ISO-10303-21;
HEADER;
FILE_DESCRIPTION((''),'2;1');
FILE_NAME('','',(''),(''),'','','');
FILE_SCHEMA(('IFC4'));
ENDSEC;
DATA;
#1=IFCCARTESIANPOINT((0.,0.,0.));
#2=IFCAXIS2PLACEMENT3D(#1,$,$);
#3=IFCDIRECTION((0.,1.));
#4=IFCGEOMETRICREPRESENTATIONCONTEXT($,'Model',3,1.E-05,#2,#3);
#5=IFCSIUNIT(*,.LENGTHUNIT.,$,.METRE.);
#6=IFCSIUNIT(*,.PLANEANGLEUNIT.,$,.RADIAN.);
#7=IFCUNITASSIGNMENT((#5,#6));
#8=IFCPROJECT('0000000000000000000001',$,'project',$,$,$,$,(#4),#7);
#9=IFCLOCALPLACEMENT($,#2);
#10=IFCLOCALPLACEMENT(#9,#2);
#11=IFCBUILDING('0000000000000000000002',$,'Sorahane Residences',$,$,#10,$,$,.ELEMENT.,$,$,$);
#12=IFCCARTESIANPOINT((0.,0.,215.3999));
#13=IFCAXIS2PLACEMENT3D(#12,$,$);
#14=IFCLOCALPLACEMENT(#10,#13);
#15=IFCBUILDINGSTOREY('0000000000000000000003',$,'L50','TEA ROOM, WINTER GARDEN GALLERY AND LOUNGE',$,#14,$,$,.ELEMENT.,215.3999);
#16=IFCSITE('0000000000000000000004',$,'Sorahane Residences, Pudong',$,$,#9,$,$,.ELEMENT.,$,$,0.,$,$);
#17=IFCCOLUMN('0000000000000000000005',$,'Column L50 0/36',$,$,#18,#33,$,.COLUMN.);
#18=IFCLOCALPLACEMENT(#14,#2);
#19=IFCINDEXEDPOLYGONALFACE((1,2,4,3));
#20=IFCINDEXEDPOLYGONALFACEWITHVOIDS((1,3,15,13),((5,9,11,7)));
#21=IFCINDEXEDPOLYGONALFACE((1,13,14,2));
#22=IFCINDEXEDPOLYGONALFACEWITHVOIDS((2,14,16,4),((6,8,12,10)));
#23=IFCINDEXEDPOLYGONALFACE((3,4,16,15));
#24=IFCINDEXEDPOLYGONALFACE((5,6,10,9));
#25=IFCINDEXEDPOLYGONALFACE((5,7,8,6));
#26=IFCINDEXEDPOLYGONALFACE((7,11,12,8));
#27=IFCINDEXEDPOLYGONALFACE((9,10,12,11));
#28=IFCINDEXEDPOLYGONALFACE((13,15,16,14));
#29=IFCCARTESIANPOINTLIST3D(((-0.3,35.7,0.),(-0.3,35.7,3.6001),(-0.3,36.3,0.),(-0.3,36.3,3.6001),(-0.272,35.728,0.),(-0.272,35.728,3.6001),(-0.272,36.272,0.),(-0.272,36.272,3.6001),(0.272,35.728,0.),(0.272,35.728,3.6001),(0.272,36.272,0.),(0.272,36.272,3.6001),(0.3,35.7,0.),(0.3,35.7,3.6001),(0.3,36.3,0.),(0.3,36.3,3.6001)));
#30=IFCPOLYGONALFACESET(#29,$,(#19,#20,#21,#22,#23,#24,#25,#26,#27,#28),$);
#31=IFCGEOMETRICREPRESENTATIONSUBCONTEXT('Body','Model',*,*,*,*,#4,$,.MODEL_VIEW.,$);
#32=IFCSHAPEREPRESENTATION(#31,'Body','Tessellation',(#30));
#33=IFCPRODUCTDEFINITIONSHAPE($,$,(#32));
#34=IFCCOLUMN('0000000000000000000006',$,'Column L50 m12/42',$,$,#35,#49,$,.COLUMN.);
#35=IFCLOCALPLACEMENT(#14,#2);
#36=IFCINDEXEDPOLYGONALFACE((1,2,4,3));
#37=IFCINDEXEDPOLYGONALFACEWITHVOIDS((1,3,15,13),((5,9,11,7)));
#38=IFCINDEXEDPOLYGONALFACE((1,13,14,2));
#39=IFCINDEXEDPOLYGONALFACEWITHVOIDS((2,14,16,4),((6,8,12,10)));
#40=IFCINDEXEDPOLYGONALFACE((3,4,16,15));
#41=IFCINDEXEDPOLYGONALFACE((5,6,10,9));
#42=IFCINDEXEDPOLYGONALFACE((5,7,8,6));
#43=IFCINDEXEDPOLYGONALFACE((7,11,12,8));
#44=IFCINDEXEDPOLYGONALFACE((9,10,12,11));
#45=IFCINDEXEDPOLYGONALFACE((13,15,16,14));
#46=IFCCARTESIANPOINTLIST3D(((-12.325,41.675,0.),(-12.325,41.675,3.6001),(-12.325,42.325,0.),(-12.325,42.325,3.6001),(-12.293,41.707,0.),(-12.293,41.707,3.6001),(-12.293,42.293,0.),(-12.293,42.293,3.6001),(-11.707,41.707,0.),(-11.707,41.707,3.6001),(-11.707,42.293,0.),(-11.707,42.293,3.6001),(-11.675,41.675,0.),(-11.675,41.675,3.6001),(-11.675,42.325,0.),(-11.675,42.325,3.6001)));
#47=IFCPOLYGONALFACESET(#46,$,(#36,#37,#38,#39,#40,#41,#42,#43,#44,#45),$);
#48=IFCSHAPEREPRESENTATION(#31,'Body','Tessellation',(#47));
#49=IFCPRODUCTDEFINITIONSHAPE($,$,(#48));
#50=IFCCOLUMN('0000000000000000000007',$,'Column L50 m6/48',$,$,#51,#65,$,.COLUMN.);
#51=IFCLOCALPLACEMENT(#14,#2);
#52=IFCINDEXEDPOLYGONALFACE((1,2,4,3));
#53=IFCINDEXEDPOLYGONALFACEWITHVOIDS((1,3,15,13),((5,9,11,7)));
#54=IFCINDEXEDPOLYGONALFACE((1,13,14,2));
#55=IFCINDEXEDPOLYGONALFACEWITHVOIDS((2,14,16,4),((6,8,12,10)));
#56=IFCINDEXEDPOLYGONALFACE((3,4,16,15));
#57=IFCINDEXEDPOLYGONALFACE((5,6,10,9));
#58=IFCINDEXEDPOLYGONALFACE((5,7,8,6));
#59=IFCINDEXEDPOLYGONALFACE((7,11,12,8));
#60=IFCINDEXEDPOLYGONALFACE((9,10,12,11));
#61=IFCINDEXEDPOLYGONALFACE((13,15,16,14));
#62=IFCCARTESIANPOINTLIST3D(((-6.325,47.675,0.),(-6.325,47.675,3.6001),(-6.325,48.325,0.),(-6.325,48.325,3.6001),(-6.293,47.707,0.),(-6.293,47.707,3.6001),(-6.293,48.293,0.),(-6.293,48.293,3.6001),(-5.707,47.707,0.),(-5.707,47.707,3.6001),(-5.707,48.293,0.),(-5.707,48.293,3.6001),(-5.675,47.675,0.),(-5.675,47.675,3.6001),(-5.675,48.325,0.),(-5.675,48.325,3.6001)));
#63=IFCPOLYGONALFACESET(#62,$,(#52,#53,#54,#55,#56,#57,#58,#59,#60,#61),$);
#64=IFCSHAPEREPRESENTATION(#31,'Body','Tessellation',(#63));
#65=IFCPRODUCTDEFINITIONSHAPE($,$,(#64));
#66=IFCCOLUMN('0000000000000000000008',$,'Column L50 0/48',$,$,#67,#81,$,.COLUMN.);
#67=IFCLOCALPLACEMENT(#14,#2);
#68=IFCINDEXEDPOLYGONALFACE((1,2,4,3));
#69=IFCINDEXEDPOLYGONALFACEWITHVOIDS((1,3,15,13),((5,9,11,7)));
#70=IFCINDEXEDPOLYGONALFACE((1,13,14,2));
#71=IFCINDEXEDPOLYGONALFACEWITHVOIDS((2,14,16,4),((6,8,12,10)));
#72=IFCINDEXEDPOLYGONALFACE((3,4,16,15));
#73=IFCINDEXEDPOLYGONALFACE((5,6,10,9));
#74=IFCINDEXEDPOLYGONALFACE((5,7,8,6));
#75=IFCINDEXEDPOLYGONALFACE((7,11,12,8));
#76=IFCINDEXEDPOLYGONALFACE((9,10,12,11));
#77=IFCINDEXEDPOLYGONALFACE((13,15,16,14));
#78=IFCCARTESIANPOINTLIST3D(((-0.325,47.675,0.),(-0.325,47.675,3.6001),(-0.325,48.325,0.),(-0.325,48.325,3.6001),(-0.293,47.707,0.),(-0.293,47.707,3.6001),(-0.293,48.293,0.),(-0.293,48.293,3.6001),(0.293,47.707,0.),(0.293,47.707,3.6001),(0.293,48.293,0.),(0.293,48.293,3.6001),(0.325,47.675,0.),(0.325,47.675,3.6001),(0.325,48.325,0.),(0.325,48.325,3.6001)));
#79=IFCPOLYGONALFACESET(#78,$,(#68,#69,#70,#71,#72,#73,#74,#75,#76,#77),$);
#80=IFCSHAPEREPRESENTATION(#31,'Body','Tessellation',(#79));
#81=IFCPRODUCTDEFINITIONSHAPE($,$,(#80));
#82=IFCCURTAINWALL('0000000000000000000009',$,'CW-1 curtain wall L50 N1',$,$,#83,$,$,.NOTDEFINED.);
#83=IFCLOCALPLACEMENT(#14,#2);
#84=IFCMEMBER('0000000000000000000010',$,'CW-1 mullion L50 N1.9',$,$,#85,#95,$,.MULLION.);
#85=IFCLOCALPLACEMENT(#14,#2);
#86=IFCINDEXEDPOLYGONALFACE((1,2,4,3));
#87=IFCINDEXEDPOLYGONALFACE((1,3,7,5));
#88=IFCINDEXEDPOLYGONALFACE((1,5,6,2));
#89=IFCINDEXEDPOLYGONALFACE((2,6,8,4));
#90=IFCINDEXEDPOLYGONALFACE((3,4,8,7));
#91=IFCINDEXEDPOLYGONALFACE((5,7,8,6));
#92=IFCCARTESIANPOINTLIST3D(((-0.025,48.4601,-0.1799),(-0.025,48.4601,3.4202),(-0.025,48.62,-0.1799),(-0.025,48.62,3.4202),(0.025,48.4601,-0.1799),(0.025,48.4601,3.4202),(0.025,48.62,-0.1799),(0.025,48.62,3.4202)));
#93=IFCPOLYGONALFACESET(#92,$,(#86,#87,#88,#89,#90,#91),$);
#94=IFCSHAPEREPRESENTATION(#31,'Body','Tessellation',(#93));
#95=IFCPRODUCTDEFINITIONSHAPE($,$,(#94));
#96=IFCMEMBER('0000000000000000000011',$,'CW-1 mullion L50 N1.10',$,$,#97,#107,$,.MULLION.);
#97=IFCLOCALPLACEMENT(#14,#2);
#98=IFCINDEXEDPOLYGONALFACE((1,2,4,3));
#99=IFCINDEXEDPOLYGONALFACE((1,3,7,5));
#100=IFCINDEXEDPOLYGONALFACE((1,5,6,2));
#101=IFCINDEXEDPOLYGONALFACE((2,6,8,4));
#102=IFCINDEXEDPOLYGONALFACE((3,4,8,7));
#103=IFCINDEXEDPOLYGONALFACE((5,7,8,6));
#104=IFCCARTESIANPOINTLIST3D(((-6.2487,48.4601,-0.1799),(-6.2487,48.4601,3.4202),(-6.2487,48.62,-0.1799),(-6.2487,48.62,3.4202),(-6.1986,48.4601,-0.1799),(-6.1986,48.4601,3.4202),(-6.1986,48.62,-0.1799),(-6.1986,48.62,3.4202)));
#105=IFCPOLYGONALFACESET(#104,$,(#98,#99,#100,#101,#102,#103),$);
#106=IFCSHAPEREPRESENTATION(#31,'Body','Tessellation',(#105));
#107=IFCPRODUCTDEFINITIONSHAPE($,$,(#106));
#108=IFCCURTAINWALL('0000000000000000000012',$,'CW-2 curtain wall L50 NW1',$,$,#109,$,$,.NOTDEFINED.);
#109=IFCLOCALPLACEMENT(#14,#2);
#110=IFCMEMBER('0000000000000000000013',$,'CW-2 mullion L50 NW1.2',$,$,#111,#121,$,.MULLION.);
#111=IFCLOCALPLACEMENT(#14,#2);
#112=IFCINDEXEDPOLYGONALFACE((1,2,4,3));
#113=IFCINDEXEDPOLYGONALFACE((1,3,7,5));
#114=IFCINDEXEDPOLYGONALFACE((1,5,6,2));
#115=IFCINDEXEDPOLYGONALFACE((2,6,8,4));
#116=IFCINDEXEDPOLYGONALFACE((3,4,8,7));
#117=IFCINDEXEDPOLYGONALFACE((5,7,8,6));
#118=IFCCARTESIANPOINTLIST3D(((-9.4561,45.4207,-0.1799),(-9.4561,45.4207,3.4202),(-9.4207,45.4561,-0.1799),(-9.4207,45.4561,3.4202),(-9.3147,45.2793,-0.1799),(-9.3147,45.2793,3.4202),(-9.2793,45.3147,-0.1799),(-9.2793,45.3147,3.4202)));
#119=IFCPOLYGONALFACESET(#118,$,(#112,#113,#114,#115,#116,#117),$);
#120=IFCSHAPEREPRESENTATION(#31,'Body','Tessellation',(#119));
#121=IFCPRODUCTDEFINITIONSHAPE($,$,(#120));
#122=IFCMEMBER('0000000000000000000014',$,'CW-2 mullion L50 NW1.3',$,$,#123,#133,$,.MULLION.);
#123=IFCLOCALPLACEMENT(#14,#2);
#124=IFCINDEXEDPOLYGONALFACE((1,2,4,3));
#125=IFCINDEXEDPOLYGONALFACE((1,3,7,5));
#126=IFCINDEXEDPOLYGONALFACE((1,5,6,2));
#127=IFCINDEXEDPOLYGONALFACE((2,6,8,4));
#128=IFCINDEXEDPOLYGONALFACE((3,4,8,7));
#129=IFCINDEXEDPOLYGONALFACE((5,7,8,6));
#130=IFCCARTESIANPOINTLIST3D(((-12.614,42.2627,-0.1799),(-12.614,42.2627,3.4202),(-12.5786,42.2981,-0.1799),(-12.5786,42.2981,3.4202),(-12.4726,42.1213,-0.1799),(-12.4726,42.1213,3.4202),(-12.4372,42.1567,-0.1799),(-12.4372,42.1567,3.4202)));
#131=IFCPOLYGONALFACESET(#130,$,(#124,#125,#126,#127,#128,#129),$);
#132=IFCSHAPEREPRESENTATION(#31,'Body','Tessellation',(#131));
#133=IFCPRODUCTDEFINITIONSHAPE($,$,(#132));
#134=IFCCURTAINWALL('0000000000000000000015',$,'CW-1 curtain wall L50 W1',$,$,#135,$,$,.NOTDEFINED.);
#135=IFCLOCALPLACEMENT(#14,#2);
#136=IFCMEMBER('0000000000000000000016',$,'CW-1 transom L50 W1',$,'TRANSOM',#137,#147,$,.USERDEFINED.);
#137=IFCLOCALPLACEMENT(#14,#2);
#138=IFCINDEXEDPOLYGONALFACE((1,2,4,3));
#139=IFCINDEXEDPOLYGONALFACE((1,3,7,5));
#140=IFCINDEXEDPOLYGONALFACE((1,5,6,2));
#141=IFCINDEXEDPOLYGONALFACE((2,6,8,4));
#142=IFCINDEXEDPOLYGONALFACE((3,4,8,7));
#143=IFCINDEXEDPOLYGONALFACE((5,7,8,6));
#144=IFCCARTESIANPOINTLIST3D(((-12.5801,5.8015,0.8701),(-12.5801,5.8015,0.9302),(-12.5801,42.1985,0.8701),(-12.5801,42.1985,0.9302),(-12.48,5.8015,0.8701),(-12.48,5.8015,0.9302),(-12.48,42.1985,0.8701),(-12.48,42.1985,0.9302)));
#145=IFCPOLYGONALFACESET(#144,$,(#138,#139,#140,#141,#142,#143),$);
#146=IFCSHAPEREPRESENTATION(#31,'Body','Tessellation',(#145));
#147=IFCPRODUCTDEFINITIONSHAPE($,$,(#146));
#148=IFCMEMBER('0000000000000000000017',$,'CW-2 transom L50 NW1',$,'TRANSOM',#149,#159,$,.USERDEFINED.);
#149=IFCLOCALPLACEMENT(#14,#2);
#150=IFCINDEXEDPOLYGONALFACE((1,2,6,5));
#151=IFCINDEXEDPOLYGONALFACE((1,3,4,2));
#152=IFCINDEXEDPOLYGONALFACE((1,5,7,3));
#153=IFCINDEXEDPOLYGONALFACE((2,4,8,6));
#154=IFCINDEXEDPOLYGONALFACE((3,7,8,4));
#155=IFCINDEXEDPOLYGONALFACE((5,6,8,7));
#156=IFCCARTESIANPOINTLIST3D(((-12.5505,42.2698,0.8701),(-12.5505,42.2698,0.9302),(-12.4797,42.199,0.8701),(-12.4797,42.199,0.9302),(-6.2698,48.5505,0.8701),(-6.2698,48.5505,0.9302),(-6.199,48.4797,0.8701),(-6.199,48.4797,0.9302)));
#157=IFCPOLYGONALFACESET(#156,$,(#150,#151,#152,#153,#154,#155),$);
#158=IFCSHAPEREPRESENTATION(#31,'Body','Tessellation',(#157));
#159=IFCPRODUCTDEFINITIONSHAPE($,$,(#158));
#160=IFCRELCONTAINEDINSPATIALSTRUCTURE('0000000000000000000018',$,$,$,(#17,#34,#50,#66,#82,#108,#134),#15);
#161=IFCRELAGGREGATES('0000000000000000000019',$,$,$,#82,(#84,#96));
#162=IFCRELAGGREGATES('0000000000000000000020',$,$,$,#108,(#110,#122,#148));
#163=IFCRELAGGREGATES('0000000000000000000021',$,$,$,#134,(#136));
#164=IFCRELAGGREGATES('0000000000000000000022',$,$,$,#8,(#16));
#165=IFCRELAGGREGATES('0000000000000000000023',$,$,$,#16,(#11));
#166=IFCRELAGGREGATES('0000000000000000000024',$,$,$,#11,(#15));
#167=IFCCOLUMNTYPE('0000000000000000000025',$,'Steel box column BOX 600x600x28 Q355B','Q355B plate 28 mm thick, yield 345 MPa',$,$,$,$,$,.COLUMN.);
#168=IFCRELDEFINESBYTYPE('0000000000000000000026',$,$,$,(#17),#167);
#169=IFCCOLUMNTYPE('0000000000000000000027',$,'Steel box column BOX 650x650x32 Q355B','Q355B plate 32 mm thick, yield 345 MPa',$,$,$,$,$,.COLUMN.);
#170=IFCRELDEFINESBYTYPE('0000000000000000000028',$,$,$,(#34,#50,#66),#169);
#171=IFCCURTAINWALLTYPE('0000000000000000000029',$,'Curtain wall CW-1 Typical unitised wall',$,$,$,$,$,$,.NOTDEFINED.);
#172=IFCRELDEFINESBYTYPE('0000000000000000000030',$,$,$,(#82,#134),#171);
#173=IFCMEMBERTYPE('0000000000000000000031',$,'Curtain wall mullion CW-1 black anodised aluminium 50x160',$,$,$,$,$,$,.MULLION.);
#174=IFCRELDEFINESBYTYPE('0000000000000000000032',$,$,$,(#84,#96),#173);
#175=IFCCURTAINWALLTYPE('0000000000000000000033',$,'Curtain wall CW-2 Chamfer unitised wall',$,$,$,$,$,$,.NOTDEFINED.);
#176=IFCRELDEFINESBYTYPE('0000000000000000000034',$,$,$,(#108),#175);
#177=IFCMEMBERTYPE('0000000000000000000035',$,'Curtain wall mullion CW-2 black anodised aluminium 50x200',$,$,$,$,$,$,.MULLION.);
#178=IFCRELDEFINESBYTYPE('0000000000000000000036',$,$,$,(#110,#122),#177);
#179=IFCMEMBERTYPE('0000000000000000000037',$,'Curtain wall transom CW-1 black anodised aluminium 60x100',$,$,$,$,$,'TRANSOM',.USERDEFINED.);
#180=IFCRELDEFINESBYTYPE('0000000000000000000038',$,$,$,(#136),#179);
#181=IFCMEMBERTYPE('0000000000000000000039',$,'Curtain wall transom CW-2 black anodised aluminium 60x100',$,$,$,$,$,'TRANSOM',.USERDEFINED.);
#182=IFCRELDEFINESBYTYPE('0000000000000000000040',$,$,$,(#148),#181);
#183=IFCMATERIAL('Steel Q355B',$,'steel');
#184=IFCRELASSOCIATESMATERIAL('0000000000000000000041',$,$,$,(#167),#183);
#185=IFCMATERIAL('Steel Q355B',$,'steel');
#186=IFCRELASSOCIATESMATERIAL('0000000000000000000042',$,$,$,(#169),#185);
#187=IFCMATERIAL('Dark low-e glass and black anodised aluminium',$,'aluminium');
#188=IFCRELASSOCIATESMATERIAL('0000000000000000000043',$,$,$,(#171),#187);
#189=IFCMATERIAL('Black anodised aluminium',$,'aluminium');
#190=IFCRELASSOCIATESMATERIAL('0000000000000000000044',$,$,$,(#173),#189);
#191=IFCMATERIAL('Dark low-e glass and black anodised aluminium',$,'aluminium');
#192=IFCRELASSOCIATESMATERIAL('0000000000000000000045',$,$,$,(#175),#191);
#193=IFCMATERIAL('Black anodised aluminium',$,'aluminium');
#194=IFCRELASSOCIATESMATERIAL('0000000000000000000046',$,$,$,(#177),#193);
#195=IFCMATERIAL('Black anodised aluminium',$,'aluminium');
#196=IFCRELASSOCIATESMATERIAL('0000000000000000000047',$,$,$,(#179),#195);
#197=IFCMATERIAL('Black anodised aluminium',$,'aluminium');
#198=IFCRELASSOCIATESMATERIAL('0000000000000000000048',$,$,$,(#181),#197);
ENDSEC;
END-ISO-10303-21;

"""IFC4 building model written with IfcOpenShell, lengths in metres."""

from ifc_helpers import new_model, si_unit, direction, frame, origin, origin_2d, place, context, subcontext, project, spatial, rectangle, hollow_rectangle, extrude, material, material_profile, profile_set, type_object, element, aggregate, save


model = new_model("IFC4")

# Units and contexts
model_context = context("Model", 3, precision=1e-05, world=origin(), true_north=direction((0.0, 1.0)))
body_context = subcontext(model_context, "Body", "Model", "MODEL_VIEW")
ifc_project = project(units=[si_unit("LENGTHUNIT", "METRE"), si_unit("PLANEANGLEUNIT", "RADIAN")], contexts=[model_context])

# Site, building, storey
site_placement = place(None, origin())
site = spatial("IfcSite", under=ifc_project, at=site_placement, Name="Sorahane Residences, Pudong", CompositionType="ELEMENT", RefElevation=0.0)
building_placement = place(site_placement, origin())
building = spatial("IfcBuilding", under=site, at=building_placement, Name="Sorahane Residences", CompositionType="ELEMENT")
storey_placement = place(building_placement, frame((0.0, 0.0, 215.3999)))
storey = spatial("IfcBuildingStorey", under=building, at=storey_placement, Name="L50", Description="TEA ROOM, WINTER GARDEN GALLERY AND LOUNGE", CompositionType="ELEMENT", Elevation=215.3999)

# Columns
ifc_material_1 = material(Name="Steel Q355B", Category="steel")
ifc_material_profile_1 = material_profile(ifc_material_1, hollow_rectangle(XDim=0.6001, YDim=0.6001, WallThickness=0.0281, at=origin_2d()), Name="BOX 600x600x28")
ifc_profile_set_1 = profile_set([ifc_material_profile_1], Name="Steel Q355B")
column_type_1 = type_object("IfcColumnType", Name="Steel box column BOX 600x600x28 Q355B", Description="Q355B plate 28 mm thick, yield 345 MPa", PredefinedType="COLUMN", material=ifc_profile_set_1)
column_placement = place(storey_placement, frame((0.0, 36.0, 0.0), z_axis=(0.0, 0.0, 1.0), x_axis=(1.0, 0.0, 0.0)))
element("IfcColumn", 1, at=column_placement, inside=storey, type_object=column_type_1, Name="Column L50 0/36", PredefinedType="COLUMN", context=body_context, shape_type="SweptSolid", body=[
    extrude(hollow_rectangle(XDim=0.6001, YDim=0.6001, WallThickness=0.0281, at=origin_2d()), origin(), (0.0, 0.0, 1.0), 3.6001),
])
ifc_material_2 = material(Name="Steel Q355B", Category="steel")
ifc_material_profile_2 = material_profile(ifc_material_2, hollow_rectangle(XDim=0.6499, YDim=0.6499, WallThickness=0.032, at=origin_2d()), Name="BOX 650x650x32")
ifc_profile_set_2 = profile_set([ifc_material_profile_2], Name="Steel Q355B")
column_type_2 = type_object("IfcColumnType", Name="Steel box column BOX 650x650x32 Q355B", Description="Q355B plate 32 mm thick, yield 345 MPa", PredefinedType="COLUMN", material=ifc_profile_set_2)
for number, where, z_axis, x_axis, name in (
    (2, (-12.0, 42.0, 0.0), (0.0, 0.0, 1.0), (1.0, 0.0, 0.0), "Column L50 m12/42"),
    (3, (-6.0, 48.0, 0.0), (0.0, 0.0, 1.0), (1.0, 0.0, 0.0), "Column L50 m6/48"),
    (4, (0.0, 48.0, 0.0), (0.0, 0.0, 1.0), (1.0, 0.0, 0.0), "Column L50 0/48"),
):
    element("IfcColumn", number, at=place(storey_placement, frame(where, z_axis=z_axis, x_axis=x_axis)), inside=storey, type_object=column_type_2, Name=name, PredefinedType="COLUMN", context=body_context, shape_type="SweptSolid", body=[
        extrude(hollow_rectangle(XDim=0.6499, YDim=0.6499, WallThickness=0.032, at=origin_2d()), origin(), (0.0, 0.0, 1.0), 3.6001),
    ])

# Curtain walls, members
ifc_material_3 = material(Name="Dark low-e glass and black anodised aluminium", Category="aluminium")
curtain_wall_type_1 = type_object("IfcCurtainWallType", Name="Curtain wall CW-1 Typical unitised wall", PredefinedType="NOTDEFINED", material=ifc_material_3)
curtain_wall_1_placement = place(storey_placement, origin())
curtain_wall_1 = element("IfcCurtainWall", 5, at=curtain_wall_1_placement, inside=storey, type_object=curtain_wall_type_1, Name="CW-1 curtain wall L50 N1", PredefinedType="NOTDEFINED")
ifc_material_4 = material(Name="Black anodised aluminium", Category="aluminium")
ifc_material_profile_3 = material_profile(ifc_material_4, rectangle(XDim=0.1599, YDim=0.05, at=origin_2d()), Name="Curtain wall mullion CW-1 black anodised aluminium 50x160")
ifc_profile_set_3 = profile_set([ifc_material_profile_3], Name="Black anodised aluminium")
member_type_1 = type_object("IfcMemberType", Name="Curtain wall mullion CW-1 black anodised aluminium 50x160", PredefinedType="MULLION", material=ifc_profile_set_3)
member_1_placement = place(storey_placement, frame((0.0, 48.54, -0.1799), z_axis=(0.0, 0.0, 1.0), x_axis=(0.0, 1.0, 0.0)))
member_1 = element("IfcMember", 6, at=member_1_placement, type_object=member_type_1, Name="CW-1 mullion L50 N1.9", PredefinedType="MULLION", context=body_context, shape_type="SweptSolid", body=[
    extrude(rectangle(XDim=0.1599, YDim=0.05, at=origin_2d()), origin(), (0.0, 0.0, 1.0), 3.6001),
])
member_2_placement = place(storey_placement, frame((-6.2236, 48.54, -0.1799), z_axis=(0.0, 0.0, 1.0), x_axis=(0.0, 1.0, 0.0)))
member_2 = element("IfcMember", 7, at=member_2_placement, type_object=member_type_1, Name="CW-1 mullion L50 N1.10", PredefinedType="MULLION", context=body_context, shape_type="SweptSolid", body=[
    extrude(rectangle(XDim=0.1599, YDim=0.05, at=origin_2d()), origin(), (0.0, 0.0, 1.0), 3.6001),
])
ifc_material_5 = material(Name="Dark low-e glass and black anodised aluminium", Category="aluminium")
curtain_wall_type_2 = type_object("IfcCurtainWallType", Name="Curtain wall CW-2 Chamfer unitised wall", PredefinedType="NOTDEFINED", material=ifc_material_5)
curtain_wall_2_placement = place(storey_placement, origin())
curtain_wall_2 = element("IfcCurtainWall", 8, at=curtain_wall_2_placement, inside=storey, type_object=curtain_wall_type_2, Name="CW-2 curtain wall L50 NW1", PredefinedType="NOTDEFINED")
ifc_material_6 = material(Name="Black anodised aluminium", Category="aluminium")
ifc_material_profile_4 = material_profile(ifc_material_6, rectangle(XDim=0.2, YDim=0.05, at=origin_2d()), Name="Curtain wall mullion CW-2 black anodised aluminium 50x200")
ifc_profile_set_4 = profile_set([ifc_material_profile_4], Name="Black anodised aluminium")
member_type_2 = type_object("IfcMemberType", Name="Curtain wall mullion CW-2 black anodised aluminium 50x200", PredefinedType="MULLION", material=ifc_profile_set_4)
member_3_placement = place(storey_placement, frame((-9.3677, 45.3677, -0.1799), z_axis=(0.0, 0.0, 1.0), x_axis=(-0.707107, 0.707107, 0.0)))
member_3 = element("IfcMember", 9, at=member_3_placement, type_object=member_type_2, Name="CW-2 mullion L50 NW1.2", PredefinedType="MULLION", context=body_context, shape_type="SweptSolid", body=[
    extrude(rectangle(XDim=0.2, YDim=0.05, at=origin_2d()), origin(), (0.0, 0.0, 1.0), 3.6001),
])
member_4_placement = place(storey_placement, frame((-12.5256, 42.2097, -0.1799), z_axis=(0.0, 0.0, 1.0), x_axis=(-0.707107, 0.707107, 0.0)))
member_4 = element("IfcMember", 10, at=member_4_placement, type_object=member_type_2, Name="CW-2 mullion L50 NW1.3", PredefinedType="MULLION", context=body_context, shape_type="SweptSolid", body=[
    extrude(rectangle(XDim=0.2, YDim=0.05, at=origin_2d()), origin(), (0.0, 0.0, 1.0), 3.6001),
])

# Curtain wall, member
curtain_wall_3_placement = place(storey_placement, origin())
curtain_wall_3 = element("IfcCurtainWall", 11, at=curtain_wall_3_placement, inside=storey, type_object=curtain_wall_type_1, Name="CW-1 curtain wall L50 W1", PredefinedType="NOTDEFINED")
ifc_material_7 = material(Name="Black anodised aluminium", Category="aluminium")
ifc_material_profile_5 = material_profile(ifc_material_7, rectangle(XDim=0.1001, YDim=0.0601, at=origin_2d()), Name="Curtain wall transom CW-1 black anodised aluminium 60x100")
ifc_profile_set_5 = profile_set([ifc_material_profile_5], Name="Black anodised aluminium")
member_type_3 = type_object("IfcMemberType", Name="Curtain wall transom CW-1 black anodised aluminium 60x100", ElementType="TRANSOM", PredefinedType="USERDEFINED", material=ifc_profile_set_5)
member_5_placement = place(storey_placement, frame((-12.53, 42.1985, 0.9001), z_axis=(0.0, -1.0, 0.0), x_axis=(1.0, 0.0, 0.0)))
member_5 = element("IfcMember", 12, at=member_5_placement, type_object=member_type_3, Name="CW-1 transom L50 W1", ObjectType="TRANSOM", PredefinedType="USERDEFINED", context=body_context, shape_type="SweptSolid", body=[
    extrude(rectangle(XDim=0.1001, YDim=0.0601, at=origin_2d()), origin(), (0.0, 0.0, 1.0), 36.397),
])

# Member
ifc_material_8 = material(Name="Black anodised aluminium", Category="aluminium")
ifc_material_profile_6 = material_profile(ifc_material_8, rectangle(XDim=0.1001, YDim=0.0601, at=origin_2d()), Name="Curtain wall transom CW-2 black anodised aluminium 60x100")
ifc_profile_set_6 = profile_set([ifc_material_profile_6], Name="Black anodised aluminium")
member_type_4 = type_object("IfcMemberType", Name="Curtain wall transom CW-2 black anodised aluminium 60x100", ElementType="TRANSOM", PredefinedType="USERDEFINED", material=ifc_profile_set_6)
member_6_placement = place(storey_placement, frame((-6.2344, 48.5151, 0.9001), z_axis=(-0.707107, -0.707107, 0.0), x_axis=(0.707107, -0.707107, 0.0)))
member_6 = element("IfcMember", 13, at=member_6_placement, type_object=member_type_4, Name="CW-2 transom L50 NW1", ObjectType="TRANSOM", PredefinedType="USERDEFINED", context=body_context, shape_type="SweptSolid", body=[
    extrude(rectangle(XDim=0.1001, YDim=0.0601, at=origin_2d()), origin(), (0.0, 0.0, 1.0), 8.8823),
])

aggregate(curtain_wall_1, [member_1, member_2])
aggregate(curtain_wall_2, [member_3, member_4, member_6])
aggregate(curtain_wall_3, [member_5])

save(model, "model.ifc")
